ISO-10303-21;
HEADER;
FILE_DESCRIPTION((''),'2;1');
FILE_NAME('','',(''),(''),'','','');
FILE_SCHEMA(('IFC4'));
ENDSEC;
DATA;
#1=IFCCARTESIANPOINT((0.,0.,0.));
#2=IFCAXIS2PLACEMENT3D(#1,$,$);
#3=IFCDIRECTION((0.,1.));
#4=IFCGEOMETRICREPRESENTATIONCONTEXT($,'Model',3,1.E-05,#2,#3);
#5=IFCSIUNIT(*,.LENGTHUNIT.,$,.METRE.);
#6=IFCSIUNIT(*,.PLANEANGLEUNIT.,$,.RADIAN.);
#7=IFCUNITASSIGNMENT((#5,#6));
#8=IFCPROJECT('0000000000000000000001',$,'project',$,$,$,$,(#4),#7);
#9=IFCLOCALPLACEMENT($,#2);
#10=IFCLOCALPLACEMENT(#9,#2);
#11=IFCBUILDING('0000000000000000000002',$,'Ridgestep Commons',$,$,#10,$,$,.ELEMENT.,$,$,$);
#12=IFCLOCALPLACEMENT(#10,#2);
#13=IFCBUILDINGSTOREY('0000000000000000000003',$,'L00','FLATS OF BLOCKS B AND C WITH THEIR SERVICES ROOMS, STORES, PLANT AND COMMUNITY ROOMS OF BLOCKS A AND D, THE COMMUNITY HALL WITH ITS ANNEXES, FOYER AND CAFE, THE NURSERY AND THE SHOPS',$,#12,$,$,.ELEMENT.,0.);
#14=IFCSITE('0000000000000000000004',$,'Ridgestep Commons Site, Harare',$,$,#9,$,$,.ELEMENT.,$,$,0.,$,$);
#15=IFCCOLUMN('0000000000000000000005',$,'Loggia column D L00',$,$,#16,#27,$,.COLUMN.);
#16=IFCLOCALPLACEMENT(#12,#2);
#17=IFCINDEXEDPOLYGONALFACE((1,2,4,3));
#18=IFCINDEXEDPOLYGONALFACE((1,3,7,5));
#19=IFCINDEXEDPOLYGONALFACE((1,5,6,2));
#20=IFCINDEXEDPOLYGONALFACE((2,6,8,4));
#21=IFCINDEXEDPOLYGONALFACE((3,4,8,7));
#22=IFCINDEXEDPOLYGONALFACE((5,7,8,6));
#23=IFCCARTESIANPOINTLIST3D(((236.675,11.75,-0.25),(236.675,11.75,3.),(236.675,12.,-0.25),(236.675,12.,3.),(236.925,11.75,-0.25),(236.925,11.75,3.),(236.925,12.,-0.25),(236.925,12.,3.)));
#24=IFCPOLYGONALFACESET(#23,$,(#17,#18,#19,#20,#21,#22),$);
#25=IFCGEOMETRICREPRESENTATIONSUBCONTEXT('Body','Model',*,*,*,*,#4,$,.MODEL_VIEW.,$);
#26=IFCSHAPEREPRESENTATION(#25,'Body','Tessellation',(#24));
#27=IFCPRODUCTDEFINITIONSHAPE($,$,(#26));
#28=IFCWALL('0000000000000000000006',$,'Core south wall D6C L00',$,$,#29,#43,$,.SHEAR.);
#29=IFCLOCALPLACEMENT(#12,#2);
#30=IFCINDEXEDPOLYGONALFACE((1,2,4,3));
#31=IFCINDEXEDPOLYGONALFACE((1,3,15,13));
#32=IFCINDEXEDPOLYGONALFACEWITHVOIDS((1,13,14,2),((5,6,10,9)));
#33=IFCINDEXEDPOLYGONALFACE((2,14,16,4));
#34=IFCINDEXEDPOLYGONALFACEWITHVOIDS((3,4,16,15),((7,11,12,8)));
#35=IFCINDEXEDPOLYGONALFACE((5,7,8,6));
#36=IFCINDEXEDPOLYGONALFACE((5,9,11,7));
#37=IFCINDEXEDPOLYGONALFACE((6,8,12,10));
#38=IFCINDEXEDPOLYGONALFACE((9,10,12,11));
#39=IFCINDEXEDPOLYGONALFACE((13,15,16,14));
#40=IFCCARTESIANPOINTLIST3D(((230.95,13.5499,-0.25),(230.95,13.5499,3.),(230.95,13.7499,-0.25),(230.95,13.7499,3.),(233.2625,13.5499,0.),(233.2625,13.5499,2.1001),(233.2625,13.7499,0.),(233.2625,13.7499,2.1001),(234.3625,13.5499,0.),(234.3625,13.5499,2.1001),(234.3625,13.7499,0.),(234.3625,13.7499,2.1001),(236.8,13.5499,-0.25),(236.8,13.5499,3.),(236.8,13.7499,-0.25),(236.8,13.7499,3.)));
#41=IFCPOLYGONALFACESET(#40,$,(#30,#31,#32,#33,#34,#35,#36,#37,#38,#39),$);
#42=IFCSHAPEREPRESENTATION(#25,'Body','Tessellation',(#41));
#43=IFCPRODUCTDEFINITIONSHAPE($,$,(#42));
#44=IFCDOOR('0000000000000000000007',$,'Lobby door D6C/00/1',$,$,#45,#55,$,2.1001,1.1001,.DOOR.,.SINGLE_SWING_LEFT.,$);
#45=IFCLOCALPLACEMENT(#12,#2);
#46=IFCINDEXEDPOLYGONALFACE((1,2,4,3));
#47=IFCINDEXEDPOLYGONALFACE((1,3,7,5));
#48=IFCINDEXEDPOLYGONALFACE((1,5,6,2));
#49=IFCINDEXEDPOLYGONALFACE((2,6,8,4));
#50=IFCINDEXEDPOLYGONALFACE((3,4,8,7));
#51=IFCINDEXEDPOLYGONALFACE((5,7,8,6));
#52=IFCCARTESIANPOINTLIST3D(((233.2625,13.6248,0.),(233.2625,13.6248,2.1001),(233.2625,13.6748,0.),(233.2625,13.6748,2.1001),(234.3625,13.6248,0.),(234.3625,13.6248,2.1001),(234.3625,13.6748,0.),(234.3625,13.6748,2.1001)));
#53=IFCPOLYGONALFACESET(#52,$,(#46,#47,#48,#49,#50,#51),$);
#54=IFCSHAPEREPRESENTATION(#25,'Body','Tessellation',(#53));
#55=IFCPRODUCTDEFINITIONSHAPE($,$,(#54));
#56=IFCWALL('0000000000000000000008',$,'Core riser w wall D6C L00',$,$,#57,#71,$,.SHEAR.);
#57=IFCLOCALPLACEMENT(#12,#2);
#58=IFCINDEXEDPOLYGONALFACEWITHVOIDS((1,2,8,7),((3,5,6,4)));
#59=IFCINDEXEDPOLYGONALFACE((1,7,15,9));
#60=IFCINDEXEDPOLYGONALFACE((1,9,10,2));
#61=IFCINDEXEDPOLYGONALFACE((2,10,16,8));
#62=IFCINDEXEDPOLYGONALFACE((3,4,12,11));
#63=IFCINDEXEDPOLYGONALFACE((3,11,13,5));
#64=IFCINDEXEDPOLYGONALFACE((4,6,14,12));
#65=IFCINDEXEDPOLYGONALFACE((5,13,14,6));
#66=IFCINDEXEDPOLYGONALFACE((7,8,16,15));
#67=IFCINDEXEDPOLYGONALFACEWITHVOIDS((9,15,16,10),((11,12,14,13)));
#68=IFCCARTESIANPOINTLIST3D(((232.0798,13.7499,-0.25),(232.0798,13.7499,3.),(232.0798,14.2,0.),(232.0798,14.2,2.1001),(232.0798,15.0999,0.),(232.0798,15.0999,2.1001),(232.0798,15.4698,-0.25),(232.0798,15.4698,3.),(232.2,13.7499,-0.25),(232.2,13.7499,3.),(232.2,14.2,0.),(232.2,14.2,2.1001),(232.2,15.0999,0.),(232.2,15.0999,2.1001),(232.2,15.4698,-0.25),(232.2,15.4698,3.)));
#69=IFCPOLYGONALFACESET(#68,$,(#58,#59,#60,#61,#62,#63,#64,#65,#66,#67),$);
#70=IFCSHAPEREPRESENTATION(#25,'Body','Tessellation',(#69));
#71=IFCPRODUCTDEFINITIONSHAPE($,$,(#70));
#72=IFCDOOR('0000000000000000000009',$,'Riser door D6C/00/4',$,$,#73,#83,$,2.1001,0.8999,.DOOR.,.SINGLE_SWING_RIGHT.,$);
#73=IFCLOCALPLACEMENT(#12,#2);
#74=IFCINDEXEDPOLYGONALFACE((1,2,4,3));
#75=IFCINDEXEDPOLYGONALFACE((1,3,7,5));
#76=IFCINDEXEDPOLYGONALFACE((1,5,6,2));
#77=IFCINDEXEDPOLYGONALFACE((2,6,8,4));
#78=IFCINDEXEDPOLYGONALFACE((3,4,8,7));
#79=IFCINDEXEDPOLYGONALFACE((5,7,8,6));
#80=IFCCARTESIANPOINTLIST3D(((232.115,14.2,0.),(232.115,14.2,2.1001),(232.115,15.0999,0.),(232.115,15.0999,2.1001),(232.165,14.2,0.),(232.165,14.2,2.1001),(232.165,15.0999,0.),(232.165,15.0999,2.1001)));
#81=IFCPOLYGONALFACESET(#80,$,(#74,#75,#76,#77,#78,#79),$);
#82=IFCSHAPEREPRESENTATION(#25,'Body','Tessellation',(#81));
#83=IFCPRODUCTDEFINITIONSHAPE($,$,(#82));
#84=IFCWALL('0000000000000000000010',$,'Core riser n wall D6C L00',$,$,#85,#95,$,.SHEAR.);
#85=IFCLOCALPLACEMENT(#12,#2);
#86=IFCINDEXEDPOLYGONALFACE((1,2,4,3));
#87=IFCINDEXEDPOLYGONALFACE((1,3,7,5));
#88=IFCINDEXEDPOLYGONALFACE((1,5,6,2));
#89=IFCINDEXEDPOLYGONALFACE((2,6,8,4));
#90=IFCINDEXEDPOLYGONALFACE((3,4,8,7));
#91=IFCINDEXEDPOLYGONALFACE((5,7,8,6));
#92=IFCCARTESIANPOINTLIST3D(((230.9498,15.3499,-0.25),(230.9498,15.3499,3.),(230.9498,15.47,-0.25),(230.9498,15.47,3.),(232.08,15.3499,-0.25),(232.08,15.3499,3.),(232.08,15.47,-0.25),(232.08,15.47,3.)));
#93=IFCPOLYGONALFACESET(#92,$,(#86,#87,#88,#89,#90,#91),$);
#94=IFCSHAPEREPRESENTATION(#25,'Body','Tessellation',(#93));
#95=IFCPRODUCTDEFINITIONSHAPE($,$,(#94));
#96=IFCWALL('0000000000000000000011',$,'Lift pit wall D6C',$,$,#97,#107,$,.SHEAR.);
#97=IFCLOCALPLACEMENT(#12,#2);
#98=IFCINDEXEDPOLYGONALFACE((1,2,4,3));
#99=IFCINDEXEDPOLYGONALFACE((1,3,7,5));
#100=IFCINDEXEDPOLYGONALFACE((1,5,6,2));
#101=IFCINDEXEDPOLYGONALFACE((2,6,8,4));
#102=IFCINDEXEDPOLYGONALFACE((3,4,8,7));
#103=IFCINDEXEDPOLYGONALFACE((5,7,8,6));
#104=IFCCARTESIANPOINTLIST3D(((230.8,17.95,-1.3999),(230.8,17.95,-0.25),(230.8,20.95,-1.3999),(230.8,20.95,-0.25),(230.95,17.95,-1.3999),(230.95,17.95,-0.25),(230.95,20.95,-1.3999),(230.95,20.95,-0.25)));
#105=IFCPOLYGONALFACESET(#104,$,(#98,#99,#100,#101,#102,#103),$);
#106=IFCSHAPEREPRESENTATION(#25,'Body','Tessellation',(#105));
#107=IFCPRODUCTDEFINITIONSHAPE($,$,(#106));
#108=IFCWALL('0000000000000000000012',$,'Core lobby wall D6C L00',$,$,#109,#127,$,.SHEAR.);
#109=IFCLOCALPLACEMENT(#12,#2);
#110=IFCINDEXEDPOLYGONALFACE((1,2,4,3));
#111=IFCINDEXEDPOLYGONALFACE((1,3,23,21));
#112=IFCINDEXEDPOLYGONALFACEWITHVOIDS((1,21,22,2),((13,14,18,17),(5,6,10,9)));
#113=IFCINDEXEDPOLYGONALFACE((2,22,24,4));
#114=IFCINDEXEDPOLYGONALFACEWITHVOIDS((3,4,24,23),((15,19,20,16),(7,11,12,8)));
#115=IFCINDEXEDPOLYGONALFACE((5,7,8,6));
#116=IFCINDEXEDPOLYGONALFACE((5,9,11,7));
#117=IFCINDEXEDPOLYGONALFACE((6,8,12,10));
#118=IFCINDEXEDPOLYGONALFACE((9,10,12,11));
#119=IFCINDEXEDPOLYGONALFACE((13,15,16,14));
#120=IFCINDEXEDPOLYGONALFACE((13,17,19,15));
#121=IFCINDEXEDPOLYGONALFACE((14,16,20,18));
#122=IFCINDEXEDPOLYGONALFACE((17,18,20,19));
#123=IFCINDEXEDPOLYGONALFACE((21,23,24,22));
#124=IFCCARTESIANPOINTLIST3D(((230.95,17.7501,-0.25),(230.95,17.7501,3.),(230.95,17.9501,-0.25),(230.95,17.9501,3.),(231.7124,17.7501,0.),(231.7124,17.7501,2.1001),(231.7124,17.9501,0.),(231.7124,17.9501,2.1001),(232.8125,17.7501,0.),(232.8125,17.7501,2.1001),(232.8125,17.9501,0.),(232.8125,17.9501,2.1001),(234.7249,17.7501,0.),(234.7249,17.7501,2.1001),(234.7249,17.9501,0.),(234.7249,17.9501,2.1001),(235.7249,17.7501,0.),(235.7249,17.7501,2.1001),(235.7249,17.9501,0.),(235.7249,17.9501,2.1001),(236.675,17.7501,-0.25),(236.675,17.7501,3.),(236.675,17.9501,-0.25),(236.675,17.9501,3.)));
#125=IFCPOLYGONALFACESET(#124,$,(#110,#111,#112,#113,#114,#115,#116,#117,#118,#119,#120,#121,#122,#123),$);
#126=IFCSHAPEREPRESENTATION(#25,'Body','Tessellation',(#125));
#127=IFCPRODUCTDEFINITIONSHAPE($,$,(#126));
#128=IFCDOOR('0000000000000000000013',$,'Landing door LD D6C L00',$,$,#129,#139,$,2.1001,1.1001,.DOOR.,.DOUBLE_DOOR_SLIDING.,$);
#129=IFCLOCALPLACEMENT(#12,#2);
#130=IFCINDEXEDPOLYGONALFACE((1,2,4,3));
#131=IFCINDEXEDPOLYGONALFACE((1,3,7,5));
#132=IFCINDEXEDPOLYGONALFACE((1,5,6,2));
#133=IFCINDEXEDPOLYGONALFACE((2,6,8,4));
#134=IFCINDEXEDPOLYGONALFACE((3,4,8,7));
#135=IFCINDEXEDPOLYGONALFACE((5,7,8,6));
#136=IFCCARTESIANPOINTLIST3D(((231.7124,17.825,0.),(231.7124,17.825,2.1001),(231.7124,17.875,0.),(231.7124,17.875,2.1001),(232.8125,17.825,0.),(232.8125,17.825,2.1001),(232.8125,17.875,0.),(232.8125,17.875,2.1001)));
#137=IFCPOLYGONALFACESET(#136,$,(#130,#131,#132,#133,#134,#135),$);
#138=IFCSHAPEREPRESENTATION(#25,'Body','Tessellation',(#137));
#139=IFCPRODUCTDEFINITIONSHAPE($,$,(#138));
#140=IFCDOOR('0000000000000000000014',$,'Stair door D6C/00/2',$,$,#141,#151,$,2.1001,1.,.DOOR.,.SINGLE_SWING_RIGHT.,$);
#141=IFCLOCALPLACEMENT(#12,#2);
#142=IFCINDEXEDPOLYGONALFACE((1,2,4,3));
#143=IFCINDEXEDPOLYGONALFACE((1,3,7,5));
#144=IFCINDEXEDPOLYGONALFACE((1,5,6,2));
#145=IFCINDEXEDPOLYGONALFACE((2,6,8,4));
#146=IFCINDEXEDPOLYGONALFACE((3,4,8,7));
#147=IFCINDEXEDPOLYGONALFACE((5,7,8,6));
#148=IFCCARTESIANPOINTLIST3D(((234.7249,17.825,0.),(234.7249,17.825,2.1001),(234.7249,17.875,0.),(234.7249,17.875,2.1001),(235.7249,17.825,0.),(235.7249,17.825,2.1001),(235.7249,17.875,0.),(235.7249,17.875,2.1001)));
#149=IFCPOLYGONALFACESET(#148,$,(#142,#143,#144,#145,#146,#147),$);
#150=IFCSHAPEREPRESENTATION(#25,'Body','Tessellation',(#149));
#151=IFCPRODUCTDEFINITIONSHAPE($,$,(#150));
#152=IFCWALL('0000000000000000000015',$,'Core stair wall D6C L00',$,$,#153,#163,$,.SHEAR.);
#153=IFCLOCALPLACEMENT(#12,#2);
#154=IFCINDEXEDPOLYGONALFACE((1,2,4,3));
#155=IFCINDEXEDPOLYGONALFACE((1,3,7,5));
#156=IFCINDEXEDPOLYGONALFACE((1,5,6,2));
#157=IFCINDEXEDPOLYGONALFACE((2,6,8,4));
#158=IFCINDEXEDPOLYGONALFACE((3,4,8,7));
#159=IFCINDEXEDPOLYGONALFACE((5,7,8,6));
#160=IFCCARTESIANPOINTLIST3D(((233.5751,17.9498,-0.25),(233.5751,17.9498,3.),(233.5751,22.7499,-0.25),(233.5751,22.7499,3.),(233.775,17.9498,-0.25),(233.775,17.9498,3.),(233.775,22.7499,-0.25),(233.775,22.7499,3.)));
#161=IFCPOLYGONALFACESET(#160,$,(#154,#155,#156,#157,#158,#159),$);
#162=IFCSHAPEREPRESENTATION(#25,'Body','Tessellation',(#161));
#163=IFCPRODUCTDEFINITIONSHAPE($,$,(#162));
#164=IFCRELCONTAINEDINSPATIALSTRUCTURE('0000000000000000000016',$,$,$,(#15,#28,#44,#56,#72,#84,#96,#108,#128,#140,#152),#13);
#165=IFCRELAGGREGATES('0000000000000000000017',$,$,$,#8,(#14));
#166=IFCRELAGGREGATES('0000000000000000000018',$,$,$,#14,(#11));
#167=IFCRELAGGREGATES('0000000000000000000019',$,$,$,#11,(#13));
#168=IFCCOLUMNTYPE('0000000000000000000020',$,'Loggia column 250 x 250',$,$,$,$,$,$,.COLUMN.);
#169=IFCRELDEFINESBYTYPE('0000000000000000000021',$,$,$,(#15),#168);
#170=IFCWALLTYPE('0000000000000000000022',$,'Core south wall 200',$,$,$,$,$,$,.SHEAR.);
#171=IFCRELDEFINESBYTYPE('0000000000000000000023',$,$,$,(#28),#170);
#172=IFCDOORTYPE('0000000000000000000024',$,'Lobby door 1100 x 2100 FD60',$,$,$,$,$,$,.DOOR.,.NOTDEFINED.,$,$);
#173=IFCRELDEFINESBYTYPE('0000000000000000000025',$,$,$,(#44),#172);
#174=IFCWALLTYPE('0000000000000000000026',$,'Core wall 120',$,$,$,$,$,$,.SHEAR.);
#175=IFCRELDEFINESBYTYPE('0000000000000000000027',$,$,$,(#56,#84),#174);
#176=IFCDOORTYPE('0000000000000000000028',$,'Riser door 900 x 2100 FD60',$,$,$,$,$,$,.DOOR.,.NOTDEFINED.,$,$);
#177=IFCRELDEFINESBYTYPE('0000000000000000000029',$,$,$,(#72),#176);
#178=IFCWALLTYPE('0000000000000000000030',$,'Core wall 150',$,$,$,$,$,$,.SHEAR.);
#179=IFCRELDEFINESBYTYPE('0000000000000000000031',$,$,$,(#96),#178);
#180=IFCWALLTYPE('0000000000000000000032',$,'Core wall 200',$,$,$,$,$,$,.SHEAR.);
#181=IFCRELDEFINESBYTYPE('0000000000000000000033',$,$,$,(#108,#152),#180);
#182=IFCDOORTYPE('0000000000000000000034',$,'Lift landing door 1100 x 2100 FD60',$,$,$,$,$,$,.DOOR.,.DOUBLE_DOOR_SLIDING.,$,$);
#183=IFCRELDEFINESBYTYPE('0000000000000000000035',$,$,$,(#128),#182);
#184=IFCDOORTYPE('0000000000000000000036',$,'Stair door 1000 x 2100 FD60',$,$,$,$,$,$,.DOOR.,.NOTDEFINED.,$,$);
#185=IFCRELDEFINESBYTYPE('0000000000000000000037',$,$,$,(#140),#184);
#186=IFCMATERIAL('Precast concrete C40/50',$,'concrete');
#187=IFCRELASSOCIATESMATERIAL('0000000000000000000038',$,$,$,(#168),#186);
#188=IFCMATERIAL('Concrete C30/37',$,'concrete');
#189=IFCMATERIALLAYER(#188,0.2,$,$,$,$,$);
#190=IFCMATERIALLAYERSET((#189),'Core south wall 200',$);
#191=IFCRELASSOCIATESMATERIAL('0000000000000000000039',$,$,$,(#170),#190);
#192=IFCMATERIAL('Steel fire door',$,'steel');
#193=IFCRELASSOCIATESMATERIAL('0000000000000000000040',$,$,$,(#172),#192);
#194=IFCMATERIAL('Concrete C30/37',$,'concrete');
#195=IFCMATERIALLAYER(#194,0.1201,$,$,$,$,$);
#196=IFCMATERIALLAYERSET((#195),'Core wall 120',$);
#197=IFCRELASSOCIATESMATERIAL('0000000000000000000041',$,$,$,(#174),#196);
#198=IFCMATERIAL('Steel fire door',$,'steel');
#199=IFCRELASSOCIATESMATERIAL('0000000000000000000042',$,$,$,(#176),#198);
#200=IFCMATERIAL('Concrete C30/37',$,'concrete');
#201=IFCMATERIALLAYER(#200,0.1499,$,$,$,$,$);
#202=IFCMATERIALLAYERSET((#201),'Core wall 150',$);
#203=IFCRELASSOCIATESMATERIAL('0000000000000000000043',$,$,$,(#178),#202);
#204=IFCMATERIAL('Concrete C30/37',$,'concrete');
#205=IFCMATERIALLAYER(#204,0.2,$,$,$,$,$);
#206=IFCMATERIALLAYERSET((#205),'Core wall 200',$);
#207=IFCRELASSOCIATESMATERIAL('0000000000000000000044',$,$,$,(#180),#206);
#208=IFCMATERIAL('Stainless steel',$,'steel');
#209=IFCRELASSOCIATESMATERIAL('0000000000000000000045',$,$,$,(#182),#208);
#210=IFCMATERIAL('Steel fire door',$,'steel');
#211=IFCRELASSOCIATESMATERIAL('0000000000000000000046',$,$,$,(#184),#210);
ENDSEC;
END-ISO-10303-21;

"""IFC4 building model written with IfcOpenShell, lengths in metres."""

from ifc_helpers import new_model, si_unit, direction, frame, frame_2d, origin, origin_2d, place, context, subcontext, project, spatial, rectangle, extrude, material, layer, layer_set, material_profile, profile_set, type_object, element, fill, save


model = new_model("IFC4")

# Units and contexts
model_context = context("Model", 3, precision=1e-05, world=origin(), true_north=direction((0.0, 1.0)))
body_context = subcontext(model_context, "Body", "Model", "MODEL_VIEW")
ifc_project = project(units=[si_unit("LENGTHUNIT", "METRE"), si_unit("PLANEANGLEUNIT", "RADIAN")], contexts=[model_context])

# Site, building, storey
site_placement = place(None, origin())
site = spatial("IfcSite", under=ifc_project, at=site_placement, Name="Ridgestep Commons Site, Harare", CompositionType="ELEMENT", RefElevation=0.0)
building_placement = place(site_placement, origin())
building = spatial("IfcBuilding", under=site, at=building_placement, Name="Ridgestep Commons", CompositionType="ELEMENT")
storey_placement = place(building_placement, origin())
storey = spatial("IfcBuildingStorey", under=building, at=storey_placement, Name="L00", Description="FLATS OF BLOCKS B AND C WITH THEIR SERVICES ROOMS, STORES, PLANT AND COMMUNITY ROOMS OF BLOCKS A AND D, THE COMMUNITY HALL WITH ITS ANNEXES, FOYER AND CAFE, THE NURSERY AND THE SHOPS", CompositionType="ELEMENT", Elevation=0.0)

# Column
ifc_material_1 = material(Name="Precast concrete C40/50", Category="concrete")
ifc_material_profile = material_profile(ifc_material_1, rectangle(XDim=0.25, YDim=0.25, at=origin_2d()), Name="PC 250x250")
ifc_profile_set = profile_set([ifc_material_profile], Name="Precast concrete C40/50")
column_type = type_object("IfcColumnType", Name="Loggia column 250 x 250", PredefinedType="COLUMN", material=ifc_profile_set)
column_placement = place(storey_placement, frame((236.8, 11.875, -0.25), z_axis=(0.0, 0.0, 1.0), x_axis=(1.0, 0.0, 0.0)))
element("IfcColumn", 1, at=column_placement, inside=storey, type_object=column_type, Name="Loggia column D L00", PredefinedType="COLUMN", context=body_context, shape_type="SweptSolid", body=[
    extrude(rectangle(XDim=0.25, YDim=0.25, at=origin_2d()), origin(), (0.0, 0.0, 1.0), 3.25),
])

# Walls, openings, doors
ifc_material_2 = material(Name="Concrete C30/37", Category="concrete")
ifc_layer_1 = layer(ifc_material_2, 0.2)
ifc_layer_set_1 = layer_set([ifc_layer_1], Name="Core south wall 200")
wall_type_1 = type_object("IfcWallType", Name="Core south wall 200", PredefinedType="SHEAR", material=ifc_layer_set_1)
wall_1_placement = place(storey_placement, frame((230.95, 13.6499, -0.25), z_axis=(0.0, 0.0, 1.0), x_axis=(1.0, 0.0, 0.0)))
wall_1 = element("IfcWall", 2, at=wall_1_placement, inside=storey, type_object=wall_type_1, Name="Core south wall D6C L00", PredefinedType="SHEAR", context=body_context, shape_type="SweptSolid", body=[
    extrude(rectangle(XDim=5.8501, YDim=0.2, at=frame_2d((2.925, 0.0))), origin(), (0.0, 0.0, 1.0), 3.25),
])
opening_1_placement = place(wall_1_placement, frame((2.3125, 0.0, 0.25)))
opening_1 = element("IfcOpeningElement", 3, at=opening_1_placement, cuts=wall_1, PredefinedType="OPENING", context=body_context, shape_type="SweptSolid", body=[
    extrude(rectangle(XDim=1.1001, YDim=2.1001, at=frame_2d((0.55, 1.05))), frame((0.0, 0.1099, 0.0), z_axis=(0.0, -1.0, 0.0), x_axis=(1.0, 0.0, 0.0)), (0.0, 0.0, 1.0), 0.22),
])
ifc_material_3 = material(Name="Steel fire door", Category="steel")
door_type_1 = type_object("IfcDoorType", Name="Lobby door 1100 x 2100 FD60", OperationType="NOTDEFINED", PredefinedType="DOOR", material=ifc_material_3)
door_1_placement = place(opening_1_placement, origin())
door_1 = element("IfcDoor", 4, at=door_1_placement, inside=storey, type_object=door_type_1, Name="Lobby door D6C/00/1", OperationType="SINGLE_SWING_LEFT", OverallHeight=2.1001, OverallWidth=1.1001, PredefinedType="DOOR", context=body_context, shape_type="SweptSolid", body=[
    extrude(rectangle(XDim=1.1001, YDim=2.1001, at=frame_2d((0.55, 1.05))), frame((0.0, 0.0249, 0.0), z_axis=(0.0, -1.0, 0.0), x_axis=(1.0, 0.0, 0.0)), (0.0, 0.0, 1.0), 0.05),
])
fill(opening_1, door_1)
ifc_material_4 = material(Name="Concrete C30/37", Category="concrete")
ifc_layer_2 = layer(ifc_material_4, 0.1201)
ifc_layer_set_2 = layer_set([ifc_layer_2], Name="Core wall 120")
wall_type_2 = type_object("IfcWallType", Name="Core wall 120", PredefinedType="SHEAR", material=ifc_layer_set_2)
wall_2_placement = place(storey_placement, frame((232.1399, 13.75, -0.25), z_axis=(0.0, 0.0, 1.0), x_axis=(0.0, 1.0, 0.0)))
wall_2 = element("IfcWall", 5, at=wall_2_placement, inside=storey, type_object=wall_type_2, Name="Core riser w wall D6C L00", PredefinedType="SHEAR", context=body_context, shape_type="SweptSolid", body=[
    extrude(rectangle(XDim=1.72, YDim=0.1201, at=frame_2d((0.8599, 0.0))), origin(), (0.0, 0.0, 1.0), 3.25),
])
opening_2_placement = place(wall_2_placement, frame((0.45, 0.0, 0.25)))
opening_2 = element("IfcOpeningElement", 6, at=opening_2_placement, cuts=wall_2, PredefinedType="OPENING", context=body_context, shape_type="SweptSolid", body=[
    extrude(rectangle(XDim=0.8999, YDim=2.1001, at=frame_2d((0.45, 1.05))), frame((0.0, 0.0701, 0.0), z_axis=(0.0, -1.0, 0.0), x_axis=(1.0, 0.0, 0.0)), (0.0, 0.0, 1.0), 0.1401),
])
ifc_material_5 = material(Name="Steel fire door", Category="steel")
door_type_2 = type_object("IfcDoorType", Name="Riser door 900 x 2100 FD60", OperationType="NOTDEFINED", PredefinedType="DOOR", material=ifc_material_5)
door_2_placement = place(opening_2_placement, origin())
door_2 = element("IfcDoor", 7, at=door_2_placement, inside=storey, type_object=door_type_2, Name="Riser door D6C/00/4", OperationType="SINGLE_SWING_RIGHT", OverallHeight=2.1001, OverallWidth=0.8999, PredefinedType="DOOR", context=body_context, shape_type="SweptSolid", body=[
    extrude(rectangle(XDim=0.8999, YDim=2.1001, at=frame_2d((0.45, 1.05))), frame((0.0, 0.0249, 0.0), z_axis=(0.0, -1.0, 0.0), x_axis=(1.0, 0.0, 0.0)), (0.0, 0.0, 1.0), 0.05),
])
fill(opening_2, door_2)

# Walls
wall_3_placement = place(storey_placement, frame((230.95, 15.4099, -0.25), z_axis=(0.0, 0.0, 1.0), x_axis=(1.0, 0.0, 0.0)))
element("IfcWall", 8, at=wall_3_placement, inside=storey, type_object=wall_type_2, Name="Core riser n wall D6C L00", PredefinedType="SHEAR", context=body_context, shape_type="SweptSolid", body=[
    extrude(rectangle(XDim=1.1301, YDim=0.1201, at=frame_2d((0.5649, 0.0))), origin(), (0.0, 0.0, 1.0), 3.25),
])
ifc_material_6 = material(Name="Concrete C30/37", Category="concrete")
ifc_layer_3 = layer(ifc_material_6, 0.1499)
ifc_layer_set_3 = layer_set([ifc_layer_3], Name="Core wall 150")
wall_type_3 = type_object("IfcWallType", Name="Core wall 150", PredefinedType="SHEAR", material=ifc_layer_set_3)
wall_4_placement = place(storey_placement, frame((230.875, 17.95, -1.3999), z_axis=(0.0, 0.0, 1.0), x_axis=(0.0, 1.0, 0.0)))
element("IfcWall", 9, at=wall_4_placement, inside=storey, type_object=wall_type_3, Name="Lift pit wall D6C", PredefinedType="SHEAR", context=body_context, shape_type="SweptSolid", body=[
    extrude(rectangle(XDim=3.0, YDim=0.1499, at=frame_2d((1.5, 0.0))), origin(), (0.0, 0.0, 1.0), 1.1499),
])

# Wall, openings, doors
ifc_material_7 = material(Name="Concrete C30/37", Category="concrete")
ifc_layer_4 = layer(ifc_material_7, 0.2)
ifc_layer_set_4 = layer_set([ifc_layer_4], Name="Core wall 200")
wall_type_4 = type_object("IfcWallType", Name="Core wall 200", PredefinedType="SHEAR", material=ifc_layer_set_4)
wall_5_placement = place(storey_placement, frame((230.95, 17.8501, -0.25), z_axis=(0.0, 0.0, 1.0), x_axis=(1.0, 0.0, 0.0)))
wall_5 = element("IfcWall", 10, at=wall_5_placement, inside=storey, type_object=wall_type_4, Name="Core lobby wall D6C L00", PredefinedType="SHEAR", context=body_context, shape_type="SweptSolid", body=[
    extrude(rectangle(XDim=5.7251, YDim=0.2, at=frame_2d((2.8625, 0.0))), origin(), (0.0, 0.0, 1.0), 3.25),
])
opening_3_placement = place(wall_5_placement, frame((3.7749, 0.0, 0.25)))
opening_3 = element("IfcOpeningElement", 11, at=opening_3_placement, cuts=wall_5, PredefinedType="OPENING", context=body_context, shape_type="SweptSolid", body=[
    extrude(rectangle(XDim=1.0, YDim=2.1001, at=frame_2d((0.5, 1.05))), frame((0.0, 0.1099, 0.0), z_axis=(0.0, -1.0, 0.0), x_axis=(1.0, 0.0, 0.0)), (0.0, 0.0, 1.0), 0.22),
])
opening_4_placement = place(wall_5_placement, frame((0.7625, 0.0, 0.25)))
opening_4 = element("IfcOpeningElement", 12, at=opening_4_placement, cuts=wall_5, PredefinedType="OPENING", context=body_context, shape_type="SweptSolid", body=[
    extrude(rectangle(XDim=1.1001, YDim=2.1001, at=frame_2d((0.55, 1.05))), frame((0.0, 0.1099, 0.0), z_axis=(0.0, -1.0, 0.0), x_axis=(1.0, 0.0, 0.0)), (0.0, 0.0, 1.0), 0.22),
])
ifc_material_8 = material(Name="Stainless steel", Category="steel")
door_type_3 = type_object("IfcDoorType", Name="Lift landing door 1100 x 2100 FD60", OperationType="DOUBLE_DOOR_SLIDING", PredefinedType="DOOR", material=ifc_material_8)
door_3_placement = place(opening_4_placement, origin())
door_3 = element("IfcDoor", 13, at=door_3_placement, inside=storey, type_object=door_type_3, Name="Landing door LD D6C L00", OperationType="DOUBLE_DOOR_SLIDING", OverallHeight=2.1001, OverallWidth=1.1001, PredefinedType="DOOR", context=body_context, shape_type="SweptSolid", body=[
    extrude(rectangle(XDim=1.1001, YDim=2.1001, at=frame_2d((0.55, 1.05))), frame((0.0, 0.0249, 0.0), z_axis=(0.0, -1.0, 0.0), x_axis=(1.0, 0.0, 0.0)), (0.0, 0.0, 1.0), 0.05),
])
fill(opening_4, door_3)
ifc_material_9 = material(Name="Steel fire door", Category="steel")
door_type_4 = type_object("IfcDoorType", Name="Stair door 1000 x 2100 FD60", OperationType="NOTDEFINED", PredefinedType="DOOR", material=ifc_material_9)
door_4_placement = place(opening_3_placement, origin())
door_4 = element("IfcDoor", 14, at=door_4_placement, inside=storey, type_object=door_type_4, Name="Stair door D6C/00/2", OperationType="SINGLE_SWING_RIGHT", OverallHeight=2.1001, OverallWidth=1.0, PredefinedType="DOOR", context=body_context, shape_type="SweptSolid", body=[
    extrude(rectangle(XDim=1.0, YDim=2.1001, at=frame_2d((0.5, 1.05))), frame((0.0, 0.0249, 0.0), z_axis=(0.0, -1.0, 0.0), x_axis=(1.0, 0.0, 0.0)), (0.0, 0.0, 1.0), 0.05),
])
fill(opening_3, door_4)

# Wall
wall_6_placement = place(storey_placement, frame((233.675, 17.95, -0.25), z_axis=(0.0, 0.0, 1.0), x_axis=(0.0, 1.0, 0.0)))
element("IfcWall", 15, at=wall_6_placement, inside=storey, type_object=wall_type_4, Name="Core stair wall D6C L00", PredefinedType="SHEAR", context=body_context, shape_type="SweptSolid", body=[
    extrude(rectangle(XDim=4.8, YDim=0.2, at=frame_2d((2.3999, 0.0))), origin(), (0.0, 0.0, 1.0), 3.25),
])

save(model, "model.ifc")
